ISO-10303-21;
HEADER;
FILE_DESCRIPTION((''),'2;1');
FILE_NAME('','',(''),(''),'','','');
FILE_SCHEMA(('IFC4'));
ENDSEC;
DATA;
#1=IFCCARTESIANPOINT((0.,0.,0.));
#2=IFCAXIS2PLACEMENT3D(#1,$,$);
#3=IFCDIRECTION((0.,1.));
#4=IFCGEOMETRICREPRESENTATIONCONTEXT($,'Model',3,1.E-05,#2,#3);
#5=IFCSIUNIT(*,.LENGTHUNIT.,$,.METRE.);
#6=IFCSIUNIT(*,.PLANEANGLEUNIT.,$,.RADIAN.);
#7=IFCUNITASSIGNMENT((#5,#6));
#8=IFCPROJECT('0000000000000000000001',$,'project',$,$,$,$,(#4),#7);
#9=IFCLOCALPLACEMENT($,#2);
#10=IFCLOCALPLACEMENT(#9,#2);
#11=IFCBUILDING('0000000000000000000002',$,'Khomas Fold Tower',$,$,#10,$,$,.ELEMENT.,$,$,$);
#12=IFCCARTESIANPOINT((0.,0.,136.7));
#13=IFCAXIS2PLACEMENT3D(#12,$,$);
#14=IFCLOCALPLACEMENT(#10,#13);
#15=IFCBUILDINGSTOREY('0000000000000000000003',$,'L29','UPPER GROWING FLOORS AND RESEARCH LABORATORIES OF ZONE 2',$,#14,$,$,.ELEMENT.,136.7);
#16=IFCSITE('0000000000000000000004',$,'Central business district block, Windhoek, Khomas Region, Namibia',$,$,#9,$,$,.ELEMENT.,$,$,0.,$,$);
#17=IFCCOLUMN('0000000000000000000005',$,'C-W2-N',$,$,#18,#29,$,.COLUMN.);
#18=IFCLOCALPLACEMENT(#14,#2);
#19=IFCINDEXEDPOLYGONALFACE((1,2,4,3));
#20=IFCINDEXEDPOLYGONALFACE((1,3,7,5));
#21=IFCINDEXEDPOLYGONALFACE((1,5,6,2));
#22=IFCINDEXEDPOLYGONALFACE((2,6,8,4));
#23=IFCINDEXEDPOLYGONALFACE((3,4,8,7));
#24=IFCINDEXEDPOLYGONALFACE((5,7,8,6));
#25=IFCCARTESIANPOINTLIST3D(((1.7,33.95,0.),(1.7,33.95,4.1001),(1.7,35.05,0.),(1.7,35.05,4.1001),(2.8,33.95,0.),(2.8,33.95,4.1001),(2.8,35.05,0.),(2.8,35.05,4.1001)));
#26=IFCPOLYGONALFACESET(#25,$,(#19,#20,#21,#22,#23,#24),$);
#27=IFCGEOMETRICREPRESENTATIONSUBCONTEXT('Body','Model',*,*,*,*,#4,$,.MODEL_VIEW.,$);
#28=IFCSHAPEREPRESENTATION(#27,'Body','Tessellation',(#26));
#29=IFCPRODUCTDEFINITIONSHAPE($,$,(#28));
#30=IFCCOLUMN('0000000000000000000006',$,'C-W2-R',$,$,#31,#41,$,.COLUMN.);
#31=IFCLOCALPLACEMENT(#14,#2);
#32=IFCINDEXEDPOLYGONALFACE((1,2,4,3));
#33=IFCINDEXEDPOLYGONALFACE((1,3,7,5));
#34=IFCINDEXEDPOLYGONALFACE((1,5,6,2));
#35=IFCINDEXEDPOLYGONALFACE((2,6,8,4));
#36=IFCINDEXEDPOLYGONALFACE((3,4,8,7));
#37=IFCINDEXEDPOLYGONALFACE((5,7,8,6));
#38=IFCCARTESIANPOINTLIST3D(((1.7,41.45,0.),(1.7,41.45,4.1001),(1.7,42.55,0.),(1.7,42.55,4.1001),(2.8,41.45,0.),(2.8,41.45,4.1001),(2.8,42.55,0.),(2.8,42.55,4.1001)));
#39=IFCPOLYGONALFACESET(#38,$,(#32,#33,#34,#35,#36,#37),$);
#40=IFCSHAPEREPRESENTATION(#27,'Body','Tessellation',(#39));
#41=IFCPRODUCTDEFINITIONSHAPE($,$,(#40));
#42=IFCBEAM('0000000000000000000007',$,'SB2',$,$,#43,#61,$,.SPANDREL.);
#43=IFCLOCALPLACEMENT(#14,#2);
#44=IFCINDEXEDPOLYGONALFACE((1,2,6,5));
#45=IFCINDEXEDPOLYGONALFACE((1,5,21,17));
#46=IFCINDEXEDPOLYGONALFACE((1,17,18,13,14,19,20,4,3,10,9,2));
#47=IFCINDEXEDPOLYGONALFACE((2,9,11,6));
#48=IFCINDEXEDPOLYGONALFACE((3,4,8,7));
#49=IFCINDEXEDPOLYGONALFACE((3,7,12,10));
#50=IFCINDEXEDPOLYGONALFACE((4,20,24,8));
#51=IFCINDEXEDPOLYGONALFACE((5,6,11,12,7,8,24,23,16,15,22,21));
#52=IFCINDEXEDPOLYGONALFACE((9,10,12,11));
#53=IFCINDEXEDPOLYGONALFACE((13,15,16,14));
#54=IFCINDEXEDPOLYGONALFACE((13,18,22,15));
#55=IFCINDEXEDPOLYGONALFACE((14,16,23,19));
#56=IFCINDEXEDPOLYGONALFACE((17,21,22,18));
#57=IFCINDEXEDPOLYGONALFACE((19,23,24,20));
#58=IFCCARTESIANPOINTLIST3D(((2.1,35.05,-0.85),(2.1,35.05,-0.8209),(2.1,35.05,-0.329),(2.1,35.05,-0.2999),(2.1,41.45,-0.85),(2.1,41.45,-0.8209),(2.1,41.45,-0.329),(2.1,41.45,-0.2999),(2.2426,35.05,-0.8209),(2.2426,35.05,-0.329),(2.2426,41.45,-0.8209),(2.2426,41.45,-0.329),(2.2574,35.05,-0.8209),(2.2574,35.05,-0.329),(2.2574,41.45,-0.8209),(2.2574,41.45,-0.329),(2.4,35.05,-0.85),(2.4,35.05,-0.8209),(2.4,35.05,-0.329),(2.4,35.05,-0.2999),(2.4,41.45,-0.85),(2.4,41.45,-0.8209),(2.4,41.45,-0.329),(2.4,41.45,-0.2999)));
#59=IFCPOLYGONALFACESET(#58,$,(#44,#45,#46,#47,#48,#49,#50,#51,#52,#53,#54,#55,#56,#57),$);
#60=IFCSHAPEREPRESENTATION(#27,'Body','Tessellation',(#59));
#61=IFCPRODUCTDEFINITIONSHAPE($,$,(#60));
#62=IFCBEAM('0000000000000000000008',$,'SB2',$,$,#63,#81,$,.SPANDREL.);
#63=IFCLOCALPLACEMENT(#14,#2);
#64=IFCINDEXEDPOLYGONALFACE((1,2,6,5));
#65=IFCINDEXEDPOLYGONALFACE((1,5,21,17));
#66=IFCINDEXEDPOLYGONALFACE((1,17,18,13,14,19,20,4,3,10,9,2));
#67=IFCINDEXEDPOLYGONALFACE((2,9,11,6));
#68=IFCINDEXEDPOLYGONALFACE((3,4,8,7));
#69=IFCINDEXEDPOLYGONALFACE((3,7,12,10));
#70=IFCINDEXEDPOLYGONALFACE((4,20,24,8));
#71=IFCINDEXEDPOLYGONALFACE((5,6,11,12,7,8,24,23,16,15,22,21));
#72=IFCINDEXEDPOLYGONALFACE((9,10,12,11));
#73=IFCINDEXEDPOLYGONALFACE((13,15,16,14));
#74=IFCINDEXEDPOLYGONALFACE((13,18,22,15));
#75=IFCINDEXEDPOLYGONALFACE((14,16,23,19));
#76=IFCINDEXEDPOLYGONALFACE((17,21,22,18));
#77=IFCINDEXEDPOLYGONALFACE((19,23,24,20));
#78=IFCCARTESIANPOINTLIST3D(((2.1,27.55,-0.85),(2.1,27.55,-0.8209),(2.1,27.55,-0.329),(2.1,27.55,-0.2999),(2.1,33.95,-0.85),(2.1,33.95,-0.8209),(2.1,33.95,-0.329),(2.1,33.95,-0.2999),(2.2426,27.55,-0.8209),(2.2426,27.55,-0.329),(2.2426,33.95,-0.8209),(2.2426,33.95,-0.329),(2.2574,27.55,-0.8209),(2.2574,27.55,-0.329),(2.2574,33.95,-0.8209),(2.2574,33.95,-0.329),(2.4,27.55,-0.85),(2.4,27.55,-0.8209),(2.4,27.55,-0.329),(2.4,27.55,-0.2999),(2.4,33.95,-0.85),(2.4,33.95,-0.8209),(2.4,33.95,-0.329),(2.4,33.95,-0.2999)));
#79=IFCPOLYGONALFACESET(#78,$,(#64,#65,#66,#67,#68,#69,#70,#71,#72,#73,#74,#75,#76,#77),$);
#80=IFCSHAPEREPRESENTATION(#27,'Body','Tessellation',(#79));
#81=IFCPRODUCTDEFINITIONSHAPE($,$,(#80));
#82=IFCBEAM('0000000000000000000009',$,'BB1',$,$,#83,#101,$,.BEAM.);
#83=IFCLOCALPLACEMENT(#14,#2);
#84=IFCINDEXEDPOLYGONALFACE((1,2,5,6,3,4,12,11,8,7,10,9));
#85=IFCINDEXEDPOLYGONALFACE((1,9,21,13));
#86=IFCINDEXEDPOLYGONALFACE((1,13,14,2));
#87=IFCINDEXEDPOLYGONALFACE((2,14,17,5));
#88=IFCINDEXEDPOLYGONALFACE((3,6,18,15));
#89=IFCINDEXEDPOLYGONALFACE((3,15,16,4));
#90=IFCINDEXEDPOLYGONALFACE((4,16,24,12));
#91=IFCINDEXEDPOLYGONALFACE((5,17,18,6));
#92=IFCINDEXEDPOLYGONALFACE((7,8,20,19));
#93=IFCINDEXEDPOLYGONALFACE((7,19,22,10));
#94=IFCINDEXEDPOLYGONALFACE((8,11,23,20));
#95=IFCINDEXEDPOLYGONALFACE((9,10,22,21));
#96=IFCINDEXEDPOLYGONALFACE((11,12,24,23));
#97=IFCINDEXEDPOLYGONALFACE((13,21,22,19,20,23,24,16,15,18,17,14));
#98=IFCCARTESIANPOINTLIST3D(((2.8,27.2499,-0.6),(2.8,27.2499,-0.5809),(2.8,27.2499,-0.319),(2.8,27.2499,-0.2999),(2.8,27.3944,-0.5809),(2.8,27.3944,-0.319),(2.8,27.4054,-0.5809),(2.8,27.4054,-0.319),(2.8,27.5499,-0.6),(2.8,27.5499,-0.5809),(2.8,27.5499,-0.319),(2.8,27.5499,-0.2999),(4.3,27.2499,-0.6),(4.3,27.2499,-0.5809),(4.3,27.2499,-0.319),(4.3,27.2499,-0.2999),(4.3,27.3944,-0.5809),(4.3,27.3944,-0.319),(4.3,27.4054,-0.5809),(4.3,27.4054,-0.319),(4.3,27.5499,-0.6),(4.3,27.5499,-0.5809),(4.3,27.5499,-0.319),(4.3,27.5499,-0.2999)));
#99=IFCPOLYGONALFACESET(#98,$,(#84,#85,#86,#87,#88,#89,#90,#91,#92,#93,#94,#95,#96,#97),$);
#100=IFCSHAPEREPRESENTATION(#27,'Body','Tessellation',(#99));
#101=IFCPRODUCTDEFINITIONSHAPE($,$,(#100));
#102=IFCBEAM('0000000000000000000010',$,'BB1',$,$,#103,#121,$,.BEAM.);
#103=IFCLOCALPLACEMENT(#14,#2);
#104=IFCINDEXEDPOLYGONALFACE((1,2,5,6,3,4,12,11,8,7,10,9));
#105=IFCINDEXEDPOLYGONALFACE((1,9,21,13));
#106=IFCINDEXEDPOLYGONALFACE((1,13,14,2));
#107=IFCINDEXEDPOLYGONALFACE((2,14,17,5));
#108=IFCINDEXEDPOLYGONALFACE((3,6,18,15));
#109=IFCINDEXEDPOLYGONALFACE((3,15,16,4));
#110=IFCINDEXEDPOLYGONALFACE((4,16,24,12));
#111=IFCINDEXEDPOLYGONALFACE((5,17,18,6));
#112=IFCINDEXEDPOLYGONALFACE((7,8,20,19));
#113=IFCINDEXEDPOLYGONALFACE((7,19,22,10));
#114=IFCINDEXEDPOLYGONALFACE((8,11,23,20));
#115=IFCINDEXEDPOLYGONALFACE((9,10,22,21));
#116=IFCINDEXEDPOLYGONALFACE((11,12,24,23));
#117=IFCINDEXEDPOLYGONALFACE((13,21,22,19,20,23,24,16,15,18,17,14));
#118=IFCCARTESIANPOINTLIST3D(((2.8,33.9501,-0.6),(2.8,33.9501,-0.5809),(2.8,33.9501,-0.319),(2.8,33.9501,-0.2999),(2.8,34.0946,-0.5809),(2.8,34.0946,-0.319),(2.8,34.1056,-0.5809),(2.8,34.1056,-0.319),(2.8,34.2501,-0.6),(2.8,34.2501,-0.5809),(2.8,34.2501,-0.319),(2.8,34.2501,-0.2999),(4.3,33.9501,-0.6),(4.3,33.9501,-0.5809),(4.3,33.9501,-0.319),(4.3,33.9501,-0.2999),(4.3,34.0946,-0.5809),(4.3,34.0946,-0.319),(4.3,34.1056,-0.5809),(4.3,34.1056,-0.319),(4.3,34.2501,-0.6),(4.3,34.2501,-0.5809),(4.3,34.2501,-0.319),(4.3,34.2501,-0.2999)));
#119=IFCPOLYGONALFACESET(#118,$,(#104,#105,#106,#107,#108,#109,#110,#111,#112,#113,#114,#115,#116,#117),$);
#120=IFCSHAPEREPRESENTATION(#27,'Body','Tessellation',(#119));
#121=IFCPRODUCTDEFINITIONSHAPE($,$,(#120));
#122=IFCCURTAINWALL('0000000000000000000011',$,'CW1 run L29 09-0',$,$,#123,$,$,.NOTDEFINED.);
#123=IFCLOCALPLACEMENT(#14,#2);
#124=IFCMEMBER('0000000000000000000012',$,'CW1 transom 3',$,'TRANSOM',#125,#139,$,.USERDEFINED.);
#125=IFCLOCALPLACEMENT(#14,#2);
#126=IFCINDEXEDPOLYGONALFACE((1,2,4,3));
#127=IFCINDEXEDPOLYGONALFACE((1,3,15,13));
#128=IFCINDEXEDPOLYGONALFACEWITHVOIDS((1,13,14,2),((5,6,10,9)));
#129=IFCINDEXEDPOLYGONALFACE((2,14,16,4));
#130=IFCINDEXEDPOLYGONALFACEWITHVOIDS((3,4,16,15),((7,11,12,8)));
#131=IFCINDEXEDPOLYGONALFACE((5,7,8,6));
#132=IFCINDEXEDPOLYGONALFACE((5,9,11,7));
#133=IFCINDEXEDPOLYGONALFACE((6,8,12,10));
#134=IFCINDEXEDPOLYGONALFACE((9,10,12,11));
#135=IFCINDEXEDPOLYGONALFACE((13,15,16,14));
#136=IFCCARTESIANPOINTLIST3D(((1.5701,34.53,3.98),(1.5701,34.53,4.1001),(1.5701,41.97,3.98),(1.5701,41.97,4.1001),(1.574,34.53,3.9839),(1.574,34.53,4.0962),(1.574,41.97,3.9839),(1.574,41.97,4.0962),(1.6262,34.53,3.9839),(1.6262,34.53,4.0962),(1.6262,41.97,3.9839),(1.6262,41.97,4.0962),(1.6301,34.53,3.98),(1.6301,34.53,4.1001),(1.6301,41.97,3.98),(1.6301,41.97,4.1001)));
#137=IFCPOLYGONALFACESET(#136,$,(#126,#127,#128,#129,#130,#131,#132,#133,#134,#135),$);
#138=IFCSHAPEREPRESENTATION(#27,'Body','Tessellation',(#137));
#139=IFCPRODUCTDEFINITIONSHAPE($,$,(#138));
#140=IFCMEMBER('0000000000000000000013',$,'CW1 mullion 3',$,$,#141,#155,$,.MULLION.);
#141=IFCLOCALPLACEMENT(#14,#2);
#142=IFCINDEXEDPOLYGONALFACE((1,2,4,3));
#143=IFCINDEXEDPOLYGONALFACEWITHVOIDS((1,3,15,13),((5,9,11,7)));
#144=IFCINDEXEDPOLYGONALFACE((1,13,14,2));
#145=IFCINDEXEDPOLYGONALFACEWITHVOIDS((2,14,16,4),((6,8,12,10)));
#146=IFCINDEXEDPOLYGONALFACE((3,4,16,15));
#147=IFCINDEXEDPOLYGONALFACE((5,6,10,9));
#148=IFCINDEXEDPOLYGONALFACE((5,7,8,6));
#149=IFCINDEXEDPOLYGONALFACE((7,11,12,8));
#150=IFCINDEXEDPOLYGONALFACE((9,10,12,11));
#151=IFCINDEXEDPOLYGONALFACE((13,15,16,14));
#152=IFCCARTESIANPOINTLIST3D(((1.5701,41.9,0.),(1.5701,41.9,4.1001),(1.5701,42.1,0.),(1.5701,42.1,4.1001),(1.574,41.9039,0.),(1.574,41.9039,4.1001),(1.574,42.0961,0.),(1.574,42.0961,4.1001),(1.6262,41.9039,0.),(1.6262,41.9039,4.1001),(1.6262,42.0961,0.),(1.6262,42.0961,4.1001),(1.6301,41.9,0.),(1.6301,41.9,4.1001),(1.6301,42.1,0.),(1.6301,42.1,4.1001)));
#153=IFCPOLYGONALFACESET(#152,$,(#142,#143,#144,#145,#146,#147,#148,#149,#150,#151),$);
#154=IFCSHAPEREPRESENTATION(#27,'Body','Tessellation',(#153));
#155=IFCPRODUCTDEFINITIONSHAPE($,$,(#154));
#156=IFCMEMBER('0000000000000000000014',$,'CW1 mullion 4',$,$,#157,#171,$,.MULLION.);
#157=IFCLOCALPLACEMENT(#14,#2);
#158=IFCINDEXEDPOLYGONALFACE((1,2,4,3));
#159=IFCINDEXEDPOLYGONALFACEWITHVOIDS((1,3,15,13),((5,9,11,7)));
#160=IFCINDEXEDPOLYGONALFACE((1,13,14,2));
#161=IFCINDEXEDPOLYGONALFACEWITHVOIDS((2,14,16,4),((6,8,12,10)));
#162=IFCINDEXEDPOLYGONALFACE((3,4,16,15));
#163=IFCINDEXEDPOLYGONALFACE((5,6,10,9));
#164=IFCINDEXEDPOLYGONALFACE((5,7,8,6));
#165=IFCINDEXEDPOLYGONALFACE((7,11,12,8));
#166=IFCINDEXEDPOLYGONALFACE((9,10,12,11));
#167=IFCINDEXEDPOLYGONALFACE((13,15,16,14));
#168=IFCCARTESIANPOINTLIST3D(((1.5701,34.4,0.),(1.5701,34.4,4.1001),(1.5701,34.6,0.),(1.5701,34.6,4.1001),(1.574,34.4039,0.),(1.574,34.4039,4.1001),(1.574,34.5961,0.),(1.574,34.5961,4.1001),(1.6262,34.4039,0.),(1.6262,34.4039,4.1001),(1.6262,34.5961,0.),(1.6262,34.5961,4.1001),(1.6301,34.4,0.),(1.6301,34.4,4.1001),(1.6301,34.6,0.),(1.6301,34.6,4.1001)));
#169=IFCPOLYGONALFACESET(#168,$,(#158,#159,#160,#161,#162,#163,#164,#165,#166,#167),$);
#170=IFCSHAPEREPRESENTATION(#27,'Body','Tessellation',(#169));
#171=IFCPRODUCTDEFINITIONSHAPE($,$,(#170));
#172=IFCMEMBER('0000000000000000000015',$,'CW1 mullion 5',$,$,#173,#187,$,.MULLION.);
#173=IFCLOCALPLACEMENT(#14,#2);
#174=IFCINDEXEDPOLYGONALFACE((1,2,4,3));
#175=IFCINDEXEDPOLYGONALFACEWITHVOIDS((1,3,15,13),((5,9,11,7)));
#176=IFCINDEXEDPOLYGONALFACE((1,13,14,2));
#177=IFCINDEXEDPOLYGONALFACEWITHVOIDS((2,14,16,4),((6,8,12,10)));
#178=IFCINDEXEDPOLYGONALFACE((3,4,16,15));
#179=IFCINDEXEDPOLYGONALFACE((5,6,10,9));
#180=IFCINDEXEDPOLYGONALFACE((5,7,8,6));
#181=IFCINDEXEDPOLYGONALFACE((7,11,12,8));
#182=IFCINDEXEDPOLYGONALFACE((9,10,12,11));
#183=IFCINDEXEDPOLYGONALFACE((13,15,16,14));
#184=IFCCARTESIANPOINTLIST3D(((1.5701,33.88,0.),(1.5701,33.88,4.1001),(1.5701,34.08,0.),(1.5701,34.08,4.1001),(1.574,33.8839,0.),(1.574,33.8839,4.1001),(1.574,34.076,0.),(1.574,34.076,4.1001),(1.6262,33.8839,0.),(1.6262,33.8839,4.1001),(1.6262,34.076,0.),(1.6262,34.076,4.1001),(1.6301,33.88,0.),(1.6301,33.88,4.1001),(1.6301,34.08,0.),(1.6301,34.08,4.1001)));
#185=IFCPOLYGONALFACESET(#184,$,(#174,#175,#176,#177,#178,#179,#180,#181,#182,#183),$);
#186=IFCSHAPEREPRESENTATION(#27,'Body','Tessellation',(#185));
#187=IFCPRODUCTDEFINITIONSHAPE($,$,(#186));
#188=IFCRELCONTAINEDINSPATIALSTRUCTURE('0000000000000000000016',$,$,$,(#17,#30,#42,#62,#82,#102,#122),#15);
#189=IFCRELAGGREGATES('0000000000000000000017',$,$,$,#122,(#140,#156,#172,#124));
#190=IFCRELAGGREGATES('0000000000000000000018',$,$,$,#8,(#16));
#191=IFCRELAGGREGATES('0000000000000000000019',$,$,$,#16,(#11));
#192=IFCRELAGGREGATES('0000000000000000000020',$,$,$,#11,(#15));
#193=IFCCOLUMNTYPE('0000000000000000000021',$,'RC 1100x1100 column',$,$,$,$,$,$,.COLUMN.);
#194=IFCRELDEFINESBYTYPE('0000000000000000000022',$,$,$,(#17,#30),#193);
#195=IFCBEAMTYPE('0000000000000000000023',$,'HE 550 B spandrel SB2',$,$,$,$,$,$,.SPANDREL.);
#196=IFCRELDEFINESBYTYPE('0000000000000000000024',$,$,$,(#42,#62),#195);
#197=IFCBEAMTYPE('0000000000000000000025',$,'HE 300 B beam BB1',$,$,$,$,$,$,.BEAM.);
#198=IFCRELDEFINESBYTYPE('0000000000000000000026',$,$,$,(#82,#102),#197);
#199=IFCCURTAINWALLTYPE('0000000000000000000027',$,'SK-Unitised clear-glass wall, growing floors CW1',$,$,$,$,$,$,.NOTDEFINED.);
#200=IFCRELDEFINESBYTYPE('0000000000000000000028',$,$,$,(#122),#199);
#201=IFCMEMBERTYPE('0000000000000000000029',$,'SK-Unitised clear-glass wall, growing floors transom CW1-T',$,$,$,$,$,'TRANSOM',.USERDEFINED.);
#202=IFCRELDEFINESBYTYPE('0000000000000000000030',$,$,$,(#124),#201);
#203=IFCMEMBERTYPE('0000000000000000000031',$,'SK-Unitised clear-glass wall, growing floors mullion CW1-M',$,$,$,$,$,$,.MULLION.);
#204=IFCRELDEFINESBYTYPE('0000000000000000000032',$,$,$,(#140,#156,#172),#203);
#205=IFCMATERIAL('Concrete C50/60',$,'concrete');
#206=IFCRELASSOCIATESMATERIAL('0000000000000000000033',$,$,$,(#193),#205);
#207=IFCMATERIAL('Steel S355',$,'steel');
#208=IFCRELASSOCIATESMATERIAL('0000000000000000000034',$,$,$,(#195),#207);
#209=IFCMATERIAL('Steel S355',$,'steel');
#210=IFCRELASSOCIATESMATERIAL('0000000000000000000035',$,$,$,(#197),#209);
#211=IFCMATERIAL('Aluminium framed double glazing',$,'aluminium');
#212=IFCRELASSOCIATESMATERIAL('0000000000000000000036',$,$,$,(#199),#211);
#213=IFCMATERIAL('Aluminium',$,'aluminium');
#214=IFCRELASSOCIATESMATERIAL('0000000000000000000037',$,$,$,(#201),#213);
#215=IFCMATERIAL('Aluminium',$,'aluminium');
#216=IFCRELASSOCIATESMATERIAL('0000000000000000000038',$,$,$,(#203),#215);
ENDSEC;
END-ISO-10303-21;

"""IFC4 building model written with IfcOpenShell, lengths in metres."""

from ifc_helpers import new_model, si_unit, direction, frame, origin, origin_2d, place, context, subcontext, project, spatial, rectangle, hollow_rectangle, i_section, extrude, source, transform, mapped, material, material_profile, profile_set, type_object, element, aggregate, save


model = new_model("IFC4")

# Units and contexts
model_context = context("Model", 3, precision=1e-05, world=origin(), true_north=direction((0.0, 1.0)))
body_context = subcontext(model_context, "Body", "Model", "MODEL_VIEW")
ifc_project = project(units=[si_unit("LENGTHUNIT", "METRE"), si_unit("PLANEANGLEUNIT", "RADIAN")], contexts=[model_context])

# Site, building, storey
site_placement = place(None, origin())
site = spatial("IfcSite", under=ifc_project, at=site_placement, Name="Central business district block, Windhoek, Khomas Region, Namibia", CompositionType="ELEMENT", RefElevation=0.0)
building_placement = place(site_placement, origin())
building = spatial("IfcBuilding", under=site, at=building_placement, Name="Khomas Fold Tower", CompositionType="ELEMENT")
storey_placement = place(building_placement, frame((0.0, 0.0, 136.7)))
storey = spatial("IfcBuildingStorey", under=building, at=storey_placement, Name="L29", Description="UPPER GROWING FLOORS AND RESEARCH LABORATORIES OF ZONE 2", CompositionType="ELEMENT", Elevation=136.7)

# Columns
ifc_material_1 = material(Name="Concrete C50/60", Category="concrete")
ifc_material_profile_1 = material_profile(ifc_material_1, rectangle(XDim=1.1001, YDim=1.1001, at=origin_2d()), Name="RC 1100x1100")
ifc_profile_set_1 = profile_set([ifc_material_profile_1], Name="Concrete C50/60")
column_type = type_object("IfcColumnType", Name="RC 1100x1100 column", PredefinedType="COLUMN", material=ifc_profile_set_1)
shared_shape_1 = source(origin(), body_context, "Body", "SweptSolid", [
    extrude(rectangle(XDim=1.1001, YDim=1.1001, at=origin_2d()), origin(), (0.0, 0.0, 1.0), 4.1001),
])
for number, where, z_axis, x_axis, name in (
    (1, (2.25, 34.5, 0.0), (0.0, 0.0, 1.0), (1.0, 0.0, 0.0), "C-W2-N"),
    (2, (2.25, 42.0, 0.0), (0.0, 0.0, 1.0), (1.0, 0.0, 0.0), "C-W2-R"),
):
    element("IfcColumn", number, at=place(storey_placement, frame(where, z_axis=z_axis, x_axis=x_axis)), inside=storey, type_object=column_type, Name=name, PredefinedType="COLUMN", context=body_context, shape_type="MappedRepresentation", body=[
        mapped(shared_shape_1, transform((0.0, 0.0, 0.0))),
    ])

# Beams
ifc_material_2 = material(Name="Steel S355", Category="steel")
ifc_material_profile_2 = material_profile(ifc_material_2, i_section(OverallWidth=0.3, OverallDepth=0.55, WebThickness=0.0149, FlangeThickness=0.0291, at=origin_2d()), Name="HE 550 B")
ifc_profile_set_2 = profile_set([ifc_material_profile_2], Name="Steel S355")
beam_type_1 = type_object("IfcBeamType", Name="HE 550 B spandrel SB2", PredefinedType="SPANDREL", material=ifc_profile_set_2)
shared_shape_2 = source(origin(), body_context, "Body", "SweptSolid", [
    extrude(i_section(OverallWidth=0.3, OverallDepth=0.55, WebThickness=0.0149, FlangeThickness=0.0291, at=origin_2d()), origin(), (0.0, 0.0, 1.0), 6.3999),
])
for number, where, z_axis, x_axis, name in (
    (3, (2.25, 35.05, -0.575), (0.0, 1.0, 0.0), (-1.0, 0.0, 0.0), "SB2"),
    (4, (2.25, 27.55, -0.575), (0.0, 1.0, 0.0), (-1.0, 0.0, 0.0), "SB2"),
):
    element("IfcBeam", number, at=place(storey_placement, frame(where, z_axis=z_axis, x_axis=x_axis)), inside=storey, type_object=beam_type_1, Name=name, PredefinedType="SPANDREL", context=body_context, shape_type="MappedRepresentation", body=[
        mapped(shared_shape_2, transform((0.0, 0.0, 0.0))),
    ])
ifc_material_3 = material(Name="Steel S355", Category="steel")
ifc_material_profile_3 = material_profile(ifc_material_3, i_section(OverallWidth=0.3, OverallDepth=0.3, WebThickness=0.011, FlangeThickness=0.019, at=origin_2d()), Name="HE 300 B")
ifc_profile_set_3 = profile_set([ifc_material_profile_3], Name="Steel S355")
beam_type_2 = type_object("IfcBeamType", Name="HE 300 B beam BB1", PredefinedType="BEAM", material=ifc_profile_set_3)
shared_shape_3 = source(origin(), body_context, "Body", "SweptSolid", [
    extrude(i_section(OverallWidth=0.3, OverallDepth=0.3, WebThickness=0.011, FlangeThickness=0.019, at=origin_2d()), origin(), (0.0, 0.0, 1.0), 1.5),
])
for number, where, z_axis, x_axis, name in (
    (5, (2.8, 27.3999, -0.45), (1.0, 0.0, 0.0), (0.0, 1.0, 0.0), "BB1"),
    (6, (2.8, 34.1001, -0.45), (1.0, 0.0, 0.0), (0.0, 1.0, 0.0), "BB1"),
):
    element("IfcBeam", number, at=place(storey_placement, frame(where, z_axis=z_axis, x_axis=x_axis)), inside=storey, type_object=beam_type_2, Name=name, PredefinedType="BEAM", context=body_context, shape_type="MappedRepresentation", body=[
        mapped(shared_shape_3, transform((0.0, 0.0, 0.0))),
    ])

# Curtain wall, members
ifc_material_4 = material(Name="Aluminium framed double glazing", Category="aluminium")
curtain_wall_type = type_object("IfcCurtainWallType", Name="SK-Unitised clear-glass wall, growing floors CW1", PredefinedType="NOTDEFINED", material=ifc_material_4)
curtain_wall_1_placement = place(storey_placement, origin())
curtain_wall_1 = element("IfcCurtainWall", 7, at=curtain_wall_1_placement, inside=storey, type_object=curtain_wall_type, Name="CW1 run L29 09-0", PredefinedType="NOTDEFINED")
ifc_material_5 = material(Name="Aluminium", Category="aluminium")
ifc_material_profile_4 = material_profile(ifc_material_5, hollow_rectangle(XDim=0.0601, YDim=0.1201, WallThickness=0.0039, at=origin_2d()), Name="SK-Unitised clear-glass wall, growing floors transom CW1-T")
ifc_profile_set_4 = profile_set([ifc_material_profile_4], Name="Aluminium")
member_type_1 = type_object("IfcMemberType", Name="SK-Unitised clear-glass wall, growing floors transom CW1-T", ElementType="TRANSOM", PredefinedType="USERDEFINED", material=ifc_profile_set_4)
shared_shape_4 = source(origin(), body_context, "Body", "SweptSolid", [
    extrude(hollow_rectangle(XDim=0.0601, YDim=0.1201, WallThickness=0.0039, at=origin_2d()), origin(), (0.0, 0.0, 1.0), 7.4399),
])
member_1_placement = place(storey_placement, frame((1.6001, 41.97, 4.04), z_axis=(0.0, -1.0, 0.0), x_axis=(1.0, 0.0, 0.0)))
member_1 = element("IfcMember", 8, at=member_1_placement, type_object=member_type_1, Name="CW1 transom 3", ObjectType="TRANSOM", PredefinedType="USERDEFINED", context=body_context, shape_type="MappedRepresentation", body=[
    mapped(shared_shape_4, transform((0.0, 0.0, 0.0))),
])
ifc_material_6 = material(Name="Aluminium", Category="aluminium")
ifc_material_profile_5 = material_profile(ifc_material_6, hollow_rectangle(XDim=0.0601, YDim=0.2, WallThickness=0.0039, at=origin_2d()), Name="SK-Unitised clear-glass wall, growing floors mullion CW1-M")
ifc_profile_set_5 = profile_set([ifc_material_profile_5], Name="Aluminium")
member_type_2 = type_object("IfcMemberType", Name="SK-Unitised clear-glass wall, growing floors mullion CW1-M", PredefinedType="MULLION", material=ifc_profile_set_5)
shared_shape_5 = source(origin(), body_context, "Body", "SweptSolid", [
    extrude(hollow_rectangle(XDim=0.0601, YDim=0.2, WallThickness=0.0039, at=origin_2d()), origin(), (0.0, 0.0, 1.0), 4.1001),
])
member_2_placement = place(storey_placement, frame((1.6001, 42.0, 0.0), z_axis=(0.0, 0.0, 1.0), x_axis=(1.0, 0.0, 0.0)))
member_2 = element("IfcMember", 9, at=member_2_placement, type_object=member_type_2, Name="CW1 mullion 3", PredefinedType="MULLION", context=body_context, shape_type="MappedRepresentation", body=[
    mapped(shared_shape_5, transform((0.0, 0.0, 0.0))),
])
member_3_placement = place(storey_placement, frame((1.6001, 34.5, 0.0), z_axis=(0.0, 0.0, 1.0), x_axis=(1.0, 0.0, 0.0)))
member_3 = element("IfcMember", 10, at=member_3_placement, type_object=member_type_2, Name="CW1 mullion 4", PredefinedType="MULLION", context=body_context, shape_type="MappedRepresentation", body=[
    mapped(shared_shape_5, transform((0.0, 0.0, 0.0))),
])
member_4_placement = place(storey_placement, frame((1.6001, 33.98, 0.0), z_axis=(0.0, 0.0, 1.0), x_axis=(1.0, 0.0, 0.0)))
member_4 = element("IfcMember", 11, at=member_4_placement, type_object=member_type_2, Name="CW1 mullion 5", PredefinedType="MULLION", context=body_context, shape_type="MappedRepresentation", body=[
    mapped(shared_shape_5, transform((0.0, 0.0, 0.0))),
])

aggregate(curtain_wall_1, [member_2, member_3, member_4, member_1])

save(model, "model.ifc")
